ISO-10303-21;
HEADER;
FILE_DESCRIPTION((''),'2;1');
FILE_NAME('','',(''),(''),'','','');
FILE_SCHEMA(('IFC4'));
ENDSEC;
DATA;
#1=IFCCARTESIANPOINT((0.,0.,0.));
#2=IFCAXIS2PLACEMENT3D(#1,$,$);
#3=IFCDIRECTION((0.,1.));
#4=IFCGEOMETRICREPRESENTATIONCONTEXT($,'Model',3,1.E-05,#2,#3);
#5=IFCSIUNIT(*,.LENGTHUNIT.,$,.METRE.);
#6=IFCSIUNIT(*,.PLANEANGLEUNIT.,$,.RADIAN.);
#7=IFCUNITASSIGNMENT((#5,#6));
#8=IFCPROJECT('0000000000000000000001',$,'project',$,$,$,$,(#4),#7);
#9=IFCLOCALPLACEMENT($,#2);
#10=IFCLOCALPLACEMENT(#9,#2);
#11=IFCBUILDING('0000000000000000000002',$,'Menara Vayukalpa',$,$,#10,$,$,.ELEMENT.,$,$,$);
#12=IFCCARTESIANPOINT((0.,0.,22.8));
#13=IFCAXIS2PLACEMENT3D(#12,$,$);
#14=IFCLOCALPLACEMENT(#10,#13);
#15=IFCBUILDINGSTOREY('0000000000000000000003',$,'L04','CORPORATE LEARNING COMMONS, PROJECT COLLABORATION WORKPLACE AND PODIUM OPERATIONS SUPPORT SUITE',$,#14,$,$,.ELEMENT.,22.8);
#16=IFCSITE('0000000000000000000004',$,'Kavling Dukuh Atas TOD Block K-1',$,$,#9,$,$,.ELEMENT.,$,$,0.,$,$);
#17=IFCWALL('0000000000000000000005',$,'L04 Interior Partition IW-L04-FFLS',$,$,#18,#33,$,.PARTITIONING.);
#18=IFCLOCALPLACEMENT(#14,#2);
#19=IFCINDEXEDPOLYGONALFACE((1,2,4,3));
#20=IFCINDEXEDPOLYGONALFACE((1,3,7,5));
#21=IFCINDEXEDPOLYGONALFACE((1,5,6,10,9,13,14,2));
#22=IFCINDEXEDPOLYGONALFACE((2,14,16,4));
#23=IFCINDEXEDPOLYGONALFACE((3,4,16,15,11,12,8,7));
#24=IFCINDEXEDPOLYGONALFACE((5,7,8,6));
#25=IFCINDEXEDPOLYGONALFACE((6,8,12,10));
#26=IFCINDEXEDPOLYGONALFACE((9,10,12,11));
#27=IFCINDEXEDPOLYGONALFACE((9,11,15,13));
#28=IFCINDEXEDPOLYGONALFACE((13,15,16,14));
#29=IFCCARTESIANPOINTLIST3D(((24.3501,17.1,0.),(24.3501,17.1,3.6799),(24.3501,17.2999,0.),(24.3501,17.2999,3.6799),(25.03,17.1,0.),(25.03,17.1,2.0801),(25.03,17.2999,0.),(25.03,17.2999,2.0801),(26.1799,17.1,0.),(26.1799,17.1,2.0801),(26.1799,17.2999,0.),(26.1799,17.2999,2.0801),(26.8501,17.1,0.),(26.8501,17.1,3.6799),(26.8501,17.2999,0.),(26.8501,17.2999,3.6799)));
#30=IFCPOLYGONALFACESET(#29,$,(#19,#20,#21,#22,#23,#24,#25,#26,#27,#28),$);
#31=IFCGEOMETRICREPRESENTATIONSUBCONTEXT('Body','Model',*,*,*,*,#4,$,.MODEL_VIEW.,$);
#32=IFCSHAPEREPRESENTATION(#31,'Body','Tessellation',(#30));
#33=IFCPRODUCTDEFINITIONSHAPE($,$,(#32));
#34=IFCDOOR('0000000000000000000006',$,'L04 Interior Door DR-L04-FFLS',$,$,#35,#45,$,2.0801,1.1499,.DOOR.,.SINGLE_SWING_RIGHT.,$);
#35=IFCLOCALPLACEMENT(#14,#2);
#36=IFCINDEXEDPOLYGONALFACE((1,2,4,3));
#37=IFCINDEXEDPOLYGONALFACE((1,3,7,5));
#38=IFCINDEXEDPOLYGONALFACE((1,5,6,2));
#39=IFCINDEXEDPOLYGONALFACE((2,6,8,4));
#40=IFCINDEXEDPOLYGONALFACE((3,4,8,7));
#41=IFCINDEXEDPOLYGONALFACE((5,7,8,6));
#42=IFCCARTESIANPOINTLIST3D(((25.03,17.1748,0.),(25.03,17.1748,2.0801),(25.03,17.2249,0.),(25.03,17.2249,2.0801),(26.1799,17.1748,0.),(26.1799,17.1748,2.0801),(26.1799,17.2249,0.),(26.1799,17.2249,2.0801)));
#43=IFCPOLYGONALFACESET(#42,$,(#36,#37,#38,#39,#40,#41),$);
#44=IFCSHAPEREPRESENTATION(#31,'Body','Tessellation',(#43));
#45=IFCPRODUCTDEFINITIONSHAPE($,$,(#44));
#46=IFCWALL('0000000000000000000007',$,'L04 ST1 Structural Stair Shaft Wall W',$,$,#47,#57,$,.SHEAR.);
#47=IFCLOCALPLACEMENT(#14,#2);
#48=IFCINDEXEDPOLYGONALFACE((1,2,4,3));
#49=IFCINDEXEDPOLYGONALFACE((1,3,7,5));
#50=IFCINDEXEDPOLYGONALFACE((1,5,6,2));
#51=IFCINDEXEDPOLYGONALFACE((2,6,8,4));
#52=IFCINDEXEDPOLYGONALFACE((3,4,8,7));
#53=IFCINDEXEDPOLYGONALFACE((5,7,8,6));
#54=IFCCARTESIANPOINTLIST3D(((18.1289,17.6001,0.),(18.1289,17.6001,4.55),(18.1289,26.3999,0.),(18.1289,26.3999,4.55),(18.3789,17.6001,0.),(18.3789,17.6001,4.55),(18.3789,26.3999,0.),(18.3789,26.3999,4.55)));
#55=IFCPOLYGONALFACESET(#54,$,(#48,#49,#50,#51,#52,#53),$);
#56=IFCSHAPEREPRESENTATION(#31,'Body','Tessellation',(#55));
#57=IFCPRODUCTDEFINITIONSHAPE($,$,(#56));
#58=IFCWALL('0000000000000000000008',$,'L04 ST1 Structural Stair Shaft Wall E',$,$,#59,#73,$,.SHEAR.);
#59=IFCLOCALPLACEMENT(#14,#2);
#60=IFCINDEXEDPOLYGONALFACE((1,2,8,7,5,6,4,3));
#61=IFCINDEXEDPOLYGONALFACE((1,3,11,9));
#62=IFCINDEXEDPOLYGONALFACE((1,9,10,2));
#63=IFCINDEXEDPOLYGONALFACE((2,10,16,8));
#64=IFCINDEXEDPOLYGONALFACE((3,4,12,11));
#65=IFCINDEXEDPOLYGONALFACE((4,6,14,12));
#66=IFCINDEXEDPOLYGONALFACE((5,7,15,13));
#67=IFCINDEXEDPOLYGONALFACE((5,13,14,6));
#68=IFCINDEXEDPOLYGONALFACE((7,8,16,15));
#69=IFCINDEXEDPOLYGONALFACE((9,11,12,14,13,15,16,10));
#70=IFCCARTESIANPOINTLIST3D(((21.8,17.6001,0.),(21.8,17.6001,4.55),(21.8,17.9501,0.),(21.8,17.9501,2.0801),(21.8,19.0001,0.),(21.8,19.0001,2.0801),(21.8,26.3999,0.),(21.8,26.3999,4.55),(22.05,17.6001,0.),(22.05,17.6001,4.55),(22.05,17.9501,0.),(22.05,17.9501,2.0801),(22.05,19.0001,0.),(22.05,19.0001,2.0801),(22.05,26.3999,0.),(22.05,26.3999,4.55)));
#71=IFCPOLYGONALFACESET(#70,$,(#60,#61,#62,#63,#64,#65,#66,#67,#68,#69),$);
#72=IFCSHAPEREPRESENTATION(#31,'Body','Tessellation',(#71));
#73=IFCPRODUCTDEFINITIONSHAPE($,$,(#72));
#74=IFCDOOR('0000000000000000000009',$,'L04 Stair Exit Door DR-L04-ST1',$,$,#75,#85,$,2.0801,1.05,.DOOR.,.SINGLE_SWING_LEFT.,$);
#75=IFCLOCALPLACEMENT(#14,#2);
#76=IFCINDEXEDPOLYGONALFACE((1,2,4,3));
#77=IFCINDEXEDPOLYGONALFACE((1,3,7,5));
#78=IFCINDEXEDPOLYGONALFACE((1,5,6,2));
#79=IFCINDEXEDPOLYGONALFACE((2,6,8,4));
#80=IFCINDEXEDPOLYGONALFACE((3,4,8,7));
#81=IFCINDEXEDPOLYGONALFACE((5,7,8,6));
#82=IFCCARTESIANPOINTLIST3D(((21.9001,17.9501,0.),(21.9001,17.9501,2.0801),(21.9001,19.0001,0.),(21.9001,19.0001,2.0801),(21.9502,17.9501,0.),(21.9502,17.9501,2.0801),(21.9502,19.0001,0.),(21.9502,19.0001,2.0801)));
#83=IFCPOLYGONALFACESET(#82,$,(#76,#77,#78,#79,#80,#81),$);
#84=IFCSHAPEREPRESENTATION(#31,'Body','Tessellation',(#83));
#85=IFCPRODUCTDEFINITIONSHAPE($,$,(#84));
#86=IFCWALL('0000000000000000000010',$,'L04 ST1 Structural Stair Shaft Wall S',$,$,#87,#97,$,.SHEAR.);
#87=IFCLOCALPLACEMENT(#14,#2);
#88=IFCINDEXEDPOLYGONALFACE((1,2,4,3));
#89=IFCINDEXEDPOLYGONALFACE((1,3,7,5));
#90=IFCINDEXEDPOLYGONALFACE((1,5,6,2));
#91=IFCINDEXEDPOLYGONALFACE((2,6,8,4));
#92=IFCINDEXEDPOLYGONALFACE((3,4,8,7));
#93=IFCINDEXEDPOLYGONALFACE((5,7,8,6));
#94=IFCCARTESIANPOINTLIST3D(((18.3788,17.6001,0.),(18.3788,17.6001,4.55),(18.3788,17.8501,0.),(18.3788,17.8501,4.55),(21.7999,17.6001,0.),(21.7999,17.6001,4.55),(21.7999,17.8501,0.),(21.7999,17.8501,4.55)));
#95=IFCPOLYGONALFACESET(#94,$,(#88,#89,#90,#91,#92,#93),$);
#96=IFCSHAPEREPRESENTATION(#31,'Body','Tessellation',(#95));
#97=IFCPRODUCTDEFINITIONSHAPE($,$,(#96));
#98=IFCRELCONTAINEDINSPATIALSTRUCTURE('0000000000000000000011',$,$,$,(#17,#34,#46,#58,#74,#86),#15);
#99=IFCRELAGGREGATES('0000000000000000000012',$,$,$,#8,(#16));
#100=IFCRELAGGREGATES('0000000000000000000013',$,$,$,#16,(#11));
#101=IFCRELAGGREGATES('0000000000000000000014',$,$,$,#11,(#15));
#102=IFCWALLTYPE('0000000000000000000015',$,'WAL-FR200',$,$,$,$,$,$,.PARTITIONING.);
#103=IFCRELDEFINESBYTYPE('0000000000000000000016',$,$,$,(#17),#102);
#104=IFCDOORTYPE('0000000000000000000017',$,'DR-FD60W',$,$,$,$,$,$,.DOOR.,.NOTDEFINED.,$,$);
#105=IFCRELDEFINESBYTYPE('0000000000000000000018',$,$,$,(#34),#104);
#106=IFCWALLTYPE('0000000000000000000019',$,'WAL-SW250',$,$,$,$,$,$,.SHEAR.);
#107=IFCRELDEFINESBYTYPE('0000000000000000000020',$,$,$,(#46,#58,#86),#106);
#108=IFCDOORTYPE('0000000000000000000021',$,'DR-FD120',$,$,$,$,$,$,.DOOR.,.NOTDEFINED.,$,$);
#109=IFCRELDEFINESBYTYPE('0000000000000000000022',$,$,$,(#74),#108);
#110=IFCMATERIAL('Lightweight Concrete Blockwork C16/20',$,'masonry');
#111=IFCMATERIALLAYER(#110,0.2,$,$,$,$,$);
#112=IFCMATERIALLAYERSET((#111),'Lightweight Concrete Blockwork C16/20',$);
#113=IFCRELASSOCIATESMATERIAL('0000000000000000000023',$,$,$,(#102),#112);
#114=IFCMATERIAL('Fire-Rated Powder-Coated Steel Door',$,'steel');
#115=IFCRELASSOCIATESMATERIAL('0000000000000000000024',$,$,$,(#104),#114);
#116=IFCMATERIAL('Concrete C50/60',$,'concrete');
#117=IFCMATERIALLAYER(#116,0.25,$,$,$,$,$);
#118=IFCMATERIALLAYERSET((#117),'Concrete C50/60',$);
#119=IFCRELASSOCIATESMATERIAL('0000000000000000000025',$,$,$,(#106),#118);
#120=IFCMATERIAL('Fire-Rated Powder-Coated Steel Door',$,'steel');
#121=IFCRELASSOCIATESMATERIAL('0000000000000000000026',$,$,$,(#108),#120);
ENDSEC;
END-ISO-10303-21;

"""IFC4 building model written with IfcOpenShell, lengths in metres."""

from ifc_helpers import new_model, si_unit, direction, frame, frame_2d, origin, place, context, subcontext, project, spatial, rectangle, extrude, material, layer, layer_set, type_object, element, fill, save


model = new_model("IFC4")

# Units and contexts
model_context = context("Model", 3, precision=1e-05, world=origin(), true_north=direction((0.0, 1.0)))
body_context = subcontext(model_context, "Body", "Model", "MODEL_VIEW")
ifc_project = project(units=[si_unit("LENGTHUNIT", "METRE"), si_unit("PLANEANGLEUNIT", "RADIAN")], contexts=[model_context])

# Site, building, storey
site_placement = place(None, origin())
site = spatial("IfcSite", under=ifc_project, at=site_placement, Name="Kavling Dukuh Atas TOD Block K-1", CompositionType="ELEMENT", RefElevation=0.0)
building_placement = place(site_placement, origin())
building = spatial("IfcBuilding", under=site, at=building_placement, Name="Menara Vayukalpa", CompositionType="ELEMENT")
storey_placement = place(building_placement, frame((0.0, 0.0, 22.8)))
storey = spatial("IfcBuildingStorey", under=building, at=storey_placement, Name="L04", Description="CORPORATE LEARNING COMMONS, PROJECT COLLABORATION WORKPLACE AND PODIUM OPERATIONS SUPPORT SUITE", CompositionType="ELEMENT", Elevation=22.8)

# Wall, opening, door
ifc_material_1 = material(Name="Lightweight Concrete Blockwork C16/20", Category="masonry")
ifc_layer_1 = layer(ifc_material_1, 0.2)
ifc_layer_set_1 = layer_set([ifc_layer_1], Name="Lightweight Concrete Blockwork C16/20")
wall_type_1 = type_object("IfcWallType", Name="WAL-FR200", PredefinedType="PARTITIONING", material=ifc_layer_set_1)
wall_1_placement = place(storey_placement, frame((24.3501, 17.2, 0.0), z_axis=(0.0, 0.0, 1.0), x_axis=(1.0, 0.0, 0.0)))
wall_1 = element("IfcWall", 1, at=wall_1_placement, inside=storey, type_object=wall_type_1, Name="L04 Interior Partition IW-L04-FFLS", PredefinedType="PARTITIONING", context=body_context, shape_type="SweptSolid", body=[
    extrude(rectangle(XDim=2.5, YDim=0.2, at=frame_2d((1.25, 0.0))), origin(), (0.0, 0.0, 1.0), 3.6799),
])
opening_1_placement = place(wall_1_placement, frame((0.6799, 0.0, 0.0)))
opening_1 = element("IfcOpeningElement", 2, at=opening_1_placement, cuts=wall_1, PredefinedType="OPENING", context=body_context, shape_type="SweptSolid", body=[
    extrude(rectangle(XDim=1.1499, YDim=2.0801, at=frame_2d((0.575, 1.04))), frame((0.0, 0.1099, 0.0), z_axis=(0.0, -1.0, 0.0), x_axis=(1.0, 0.0, 0.0)), (0.0, 0.0, 1.0), 0.22),
])
ifc_material_2 = material(Name="Fire-Rated Powder-Coated Steel Door", Category="steel")
door_type_1 = type_object("IfcDoorType", Name="DR-FD60W", OperationType="NOTDEFINED", PredefinedType="DOOR", material=ifc_material_2)
door_1_placement = place(opening_1_placement, origin())
door_1 = element("IfcDoor", 3, at=door_1_placement, inside=storey, type_object=door_type_1, Name="L04 Interior Door DR-L04-FFLS", OperationType="SINGLE_SWING_RIGHT", OverallHeight=2.0801, OverallWidth=1.1499, PredefinedType="DOOR", context=body_context, shape_type="SweptSolid", body=[
    extrude(rectangle(XDim=1.1499, YDim=2.0801, at=frame_2d((0.575, 1.04))), frame((0.0, 0.0249, 0.0), z_axis=(0.0, -1.0, 0.0), x_axis=(1.0, 0.0, 0.0)), (0.0, 0.0, 1.0), 0.05),
])
fill(opening_1, door_1)

# Wall
ifc_material_3 = material(Name="Concrete C50/60", Category="concrete")
ifc_layer_2 = layer(ifc_material_3, 0.25)
ifc_layer_set_2 = layer_set([ifc_layer_2], Name="Concrete C50/60")
wall_type_2 = type_object("IfcWallType", Name="WAL-SW250", PredefinedType="SHEAR", material=ifc_layer_set_2)
wall_2_placement = place(storey_placement, frame((18.2539, 17.6001, 0.0), z_axis=(0.0, 0.0, 1.0), x_axis=(0.0, 1.0, 0.0)))
element("IfcWall", 4, at=wall_2_placement, inside=storey, type_object=wall_type_2, Name="L04 ST1 Structural Stair Shaft Wall W", PredefinedType="SHEAR", context=body_context, shape_type="SweptSolid", body=[
    extrude(rectangle(XDim=8.7998, YDim=0.25, at=frame_2d((4.3999, 0.0))), origin(), (0.0, 0.0, 1.0), 4.55),
])

# Wall, opening, door
wall_3_placement = place(storey_placement, frame((21.925, 17.6001, 0.0), z_axis=(0.0, 0.0, 1.0), x_axis=(0.0, 1.0, 0.0)))
wall_3 = element("IfcWall", 5, at=wall_3_placement, inside=storey, type_object=wall_type_2, Name="L04 ST1 Structural Stair Shaft Wall E", PredefinedType="SHEAR", context=body_context, shape_type="SweptSolid", body=[
    extrude(rectangle(XDim=8.7998, YDim=0.25, at=frame_2d((4.3999, 0.0))), origin(), (0.0, 0.0, 1.0), 4.55),
])
opening_2_placement = place(wall_3_placement, frame((0.3501, 0.0, 0.0)))
opening_2 = element("IfcOpeningElement", 6, at=opening_2_placement, cuts=wall_3, PredefinedType="OPENING", context=body_context, shape_type="SweptSolid", body=[
    extrude(rectangle(XDim=1.05, YDim=2.0801, at=frame_2d((0.5249, 1.04))), frame((0.0, 0.135, 0.0), z_axis=(0.0, -1.0, 0.0), x_axis=(1.0, 0.0, 0.0)), (0.0, 0.0, 1.0), 0.27),
])
ifc_material_4 = material(Name="Fire-Rated Powder-Coated Steel Door", Category="steel")
door_type_2 = type_object("IfcDoorType", Name="DR-FD120", OperationType="NOTDEFINED", PredefinedType="DOOR", material=ifc_material_4)
door_2_placement = place(opening_2_placement, origin())
door_2 = element("IfcDoor", 7, at=door_2_placement, inside=storey, type_object=door_type_2, Name="L04 Stair Exit Door DR-L04-ST1", OperationType="SINGLE_SWING_LEFT", OverallHeight=2.0801, OverallWidth=1.05, PredefinedType="DOOR", context=body_context, shape_type="SweptSolid", body=[
    extrude(rectangle(XDim=1.05, YDim=2.0801, at=frame_2d((0.5249, 1.04))), frame((0.0, 0.0249, 0.0), z_axis=(0.0, -1.0, 0.0), x_axis=(1.0, 0.0, 0.0)), (0.0, 0.0, 1.0), 0.05),
])
fill(opening_2, door_2)

# Wall
wall_4_placement = place(storey_placement, frame((18.3789, 17.7251, 0.0), z_axis=(0.0, 0.0, 1.0), x_axis=(1.0, 0.0, 0.0)))
element("IfcWall", 8, at=wall_4_placement, inside=storey, type_object=wall_type_2, Name="L04 ST1 Structural Stair Shaft Wall S", PredefinedType="SHEAR", context=body_context, shape_type="SweptSolid", body=[
    extrude(rectangle(XDim=3.4211, YDim=0.25, at=frame_2d((1.7104, 0.0))), origin(), (0.0, 0.0, 1.0), 4.55),
])

save(model, "model.ifc")
